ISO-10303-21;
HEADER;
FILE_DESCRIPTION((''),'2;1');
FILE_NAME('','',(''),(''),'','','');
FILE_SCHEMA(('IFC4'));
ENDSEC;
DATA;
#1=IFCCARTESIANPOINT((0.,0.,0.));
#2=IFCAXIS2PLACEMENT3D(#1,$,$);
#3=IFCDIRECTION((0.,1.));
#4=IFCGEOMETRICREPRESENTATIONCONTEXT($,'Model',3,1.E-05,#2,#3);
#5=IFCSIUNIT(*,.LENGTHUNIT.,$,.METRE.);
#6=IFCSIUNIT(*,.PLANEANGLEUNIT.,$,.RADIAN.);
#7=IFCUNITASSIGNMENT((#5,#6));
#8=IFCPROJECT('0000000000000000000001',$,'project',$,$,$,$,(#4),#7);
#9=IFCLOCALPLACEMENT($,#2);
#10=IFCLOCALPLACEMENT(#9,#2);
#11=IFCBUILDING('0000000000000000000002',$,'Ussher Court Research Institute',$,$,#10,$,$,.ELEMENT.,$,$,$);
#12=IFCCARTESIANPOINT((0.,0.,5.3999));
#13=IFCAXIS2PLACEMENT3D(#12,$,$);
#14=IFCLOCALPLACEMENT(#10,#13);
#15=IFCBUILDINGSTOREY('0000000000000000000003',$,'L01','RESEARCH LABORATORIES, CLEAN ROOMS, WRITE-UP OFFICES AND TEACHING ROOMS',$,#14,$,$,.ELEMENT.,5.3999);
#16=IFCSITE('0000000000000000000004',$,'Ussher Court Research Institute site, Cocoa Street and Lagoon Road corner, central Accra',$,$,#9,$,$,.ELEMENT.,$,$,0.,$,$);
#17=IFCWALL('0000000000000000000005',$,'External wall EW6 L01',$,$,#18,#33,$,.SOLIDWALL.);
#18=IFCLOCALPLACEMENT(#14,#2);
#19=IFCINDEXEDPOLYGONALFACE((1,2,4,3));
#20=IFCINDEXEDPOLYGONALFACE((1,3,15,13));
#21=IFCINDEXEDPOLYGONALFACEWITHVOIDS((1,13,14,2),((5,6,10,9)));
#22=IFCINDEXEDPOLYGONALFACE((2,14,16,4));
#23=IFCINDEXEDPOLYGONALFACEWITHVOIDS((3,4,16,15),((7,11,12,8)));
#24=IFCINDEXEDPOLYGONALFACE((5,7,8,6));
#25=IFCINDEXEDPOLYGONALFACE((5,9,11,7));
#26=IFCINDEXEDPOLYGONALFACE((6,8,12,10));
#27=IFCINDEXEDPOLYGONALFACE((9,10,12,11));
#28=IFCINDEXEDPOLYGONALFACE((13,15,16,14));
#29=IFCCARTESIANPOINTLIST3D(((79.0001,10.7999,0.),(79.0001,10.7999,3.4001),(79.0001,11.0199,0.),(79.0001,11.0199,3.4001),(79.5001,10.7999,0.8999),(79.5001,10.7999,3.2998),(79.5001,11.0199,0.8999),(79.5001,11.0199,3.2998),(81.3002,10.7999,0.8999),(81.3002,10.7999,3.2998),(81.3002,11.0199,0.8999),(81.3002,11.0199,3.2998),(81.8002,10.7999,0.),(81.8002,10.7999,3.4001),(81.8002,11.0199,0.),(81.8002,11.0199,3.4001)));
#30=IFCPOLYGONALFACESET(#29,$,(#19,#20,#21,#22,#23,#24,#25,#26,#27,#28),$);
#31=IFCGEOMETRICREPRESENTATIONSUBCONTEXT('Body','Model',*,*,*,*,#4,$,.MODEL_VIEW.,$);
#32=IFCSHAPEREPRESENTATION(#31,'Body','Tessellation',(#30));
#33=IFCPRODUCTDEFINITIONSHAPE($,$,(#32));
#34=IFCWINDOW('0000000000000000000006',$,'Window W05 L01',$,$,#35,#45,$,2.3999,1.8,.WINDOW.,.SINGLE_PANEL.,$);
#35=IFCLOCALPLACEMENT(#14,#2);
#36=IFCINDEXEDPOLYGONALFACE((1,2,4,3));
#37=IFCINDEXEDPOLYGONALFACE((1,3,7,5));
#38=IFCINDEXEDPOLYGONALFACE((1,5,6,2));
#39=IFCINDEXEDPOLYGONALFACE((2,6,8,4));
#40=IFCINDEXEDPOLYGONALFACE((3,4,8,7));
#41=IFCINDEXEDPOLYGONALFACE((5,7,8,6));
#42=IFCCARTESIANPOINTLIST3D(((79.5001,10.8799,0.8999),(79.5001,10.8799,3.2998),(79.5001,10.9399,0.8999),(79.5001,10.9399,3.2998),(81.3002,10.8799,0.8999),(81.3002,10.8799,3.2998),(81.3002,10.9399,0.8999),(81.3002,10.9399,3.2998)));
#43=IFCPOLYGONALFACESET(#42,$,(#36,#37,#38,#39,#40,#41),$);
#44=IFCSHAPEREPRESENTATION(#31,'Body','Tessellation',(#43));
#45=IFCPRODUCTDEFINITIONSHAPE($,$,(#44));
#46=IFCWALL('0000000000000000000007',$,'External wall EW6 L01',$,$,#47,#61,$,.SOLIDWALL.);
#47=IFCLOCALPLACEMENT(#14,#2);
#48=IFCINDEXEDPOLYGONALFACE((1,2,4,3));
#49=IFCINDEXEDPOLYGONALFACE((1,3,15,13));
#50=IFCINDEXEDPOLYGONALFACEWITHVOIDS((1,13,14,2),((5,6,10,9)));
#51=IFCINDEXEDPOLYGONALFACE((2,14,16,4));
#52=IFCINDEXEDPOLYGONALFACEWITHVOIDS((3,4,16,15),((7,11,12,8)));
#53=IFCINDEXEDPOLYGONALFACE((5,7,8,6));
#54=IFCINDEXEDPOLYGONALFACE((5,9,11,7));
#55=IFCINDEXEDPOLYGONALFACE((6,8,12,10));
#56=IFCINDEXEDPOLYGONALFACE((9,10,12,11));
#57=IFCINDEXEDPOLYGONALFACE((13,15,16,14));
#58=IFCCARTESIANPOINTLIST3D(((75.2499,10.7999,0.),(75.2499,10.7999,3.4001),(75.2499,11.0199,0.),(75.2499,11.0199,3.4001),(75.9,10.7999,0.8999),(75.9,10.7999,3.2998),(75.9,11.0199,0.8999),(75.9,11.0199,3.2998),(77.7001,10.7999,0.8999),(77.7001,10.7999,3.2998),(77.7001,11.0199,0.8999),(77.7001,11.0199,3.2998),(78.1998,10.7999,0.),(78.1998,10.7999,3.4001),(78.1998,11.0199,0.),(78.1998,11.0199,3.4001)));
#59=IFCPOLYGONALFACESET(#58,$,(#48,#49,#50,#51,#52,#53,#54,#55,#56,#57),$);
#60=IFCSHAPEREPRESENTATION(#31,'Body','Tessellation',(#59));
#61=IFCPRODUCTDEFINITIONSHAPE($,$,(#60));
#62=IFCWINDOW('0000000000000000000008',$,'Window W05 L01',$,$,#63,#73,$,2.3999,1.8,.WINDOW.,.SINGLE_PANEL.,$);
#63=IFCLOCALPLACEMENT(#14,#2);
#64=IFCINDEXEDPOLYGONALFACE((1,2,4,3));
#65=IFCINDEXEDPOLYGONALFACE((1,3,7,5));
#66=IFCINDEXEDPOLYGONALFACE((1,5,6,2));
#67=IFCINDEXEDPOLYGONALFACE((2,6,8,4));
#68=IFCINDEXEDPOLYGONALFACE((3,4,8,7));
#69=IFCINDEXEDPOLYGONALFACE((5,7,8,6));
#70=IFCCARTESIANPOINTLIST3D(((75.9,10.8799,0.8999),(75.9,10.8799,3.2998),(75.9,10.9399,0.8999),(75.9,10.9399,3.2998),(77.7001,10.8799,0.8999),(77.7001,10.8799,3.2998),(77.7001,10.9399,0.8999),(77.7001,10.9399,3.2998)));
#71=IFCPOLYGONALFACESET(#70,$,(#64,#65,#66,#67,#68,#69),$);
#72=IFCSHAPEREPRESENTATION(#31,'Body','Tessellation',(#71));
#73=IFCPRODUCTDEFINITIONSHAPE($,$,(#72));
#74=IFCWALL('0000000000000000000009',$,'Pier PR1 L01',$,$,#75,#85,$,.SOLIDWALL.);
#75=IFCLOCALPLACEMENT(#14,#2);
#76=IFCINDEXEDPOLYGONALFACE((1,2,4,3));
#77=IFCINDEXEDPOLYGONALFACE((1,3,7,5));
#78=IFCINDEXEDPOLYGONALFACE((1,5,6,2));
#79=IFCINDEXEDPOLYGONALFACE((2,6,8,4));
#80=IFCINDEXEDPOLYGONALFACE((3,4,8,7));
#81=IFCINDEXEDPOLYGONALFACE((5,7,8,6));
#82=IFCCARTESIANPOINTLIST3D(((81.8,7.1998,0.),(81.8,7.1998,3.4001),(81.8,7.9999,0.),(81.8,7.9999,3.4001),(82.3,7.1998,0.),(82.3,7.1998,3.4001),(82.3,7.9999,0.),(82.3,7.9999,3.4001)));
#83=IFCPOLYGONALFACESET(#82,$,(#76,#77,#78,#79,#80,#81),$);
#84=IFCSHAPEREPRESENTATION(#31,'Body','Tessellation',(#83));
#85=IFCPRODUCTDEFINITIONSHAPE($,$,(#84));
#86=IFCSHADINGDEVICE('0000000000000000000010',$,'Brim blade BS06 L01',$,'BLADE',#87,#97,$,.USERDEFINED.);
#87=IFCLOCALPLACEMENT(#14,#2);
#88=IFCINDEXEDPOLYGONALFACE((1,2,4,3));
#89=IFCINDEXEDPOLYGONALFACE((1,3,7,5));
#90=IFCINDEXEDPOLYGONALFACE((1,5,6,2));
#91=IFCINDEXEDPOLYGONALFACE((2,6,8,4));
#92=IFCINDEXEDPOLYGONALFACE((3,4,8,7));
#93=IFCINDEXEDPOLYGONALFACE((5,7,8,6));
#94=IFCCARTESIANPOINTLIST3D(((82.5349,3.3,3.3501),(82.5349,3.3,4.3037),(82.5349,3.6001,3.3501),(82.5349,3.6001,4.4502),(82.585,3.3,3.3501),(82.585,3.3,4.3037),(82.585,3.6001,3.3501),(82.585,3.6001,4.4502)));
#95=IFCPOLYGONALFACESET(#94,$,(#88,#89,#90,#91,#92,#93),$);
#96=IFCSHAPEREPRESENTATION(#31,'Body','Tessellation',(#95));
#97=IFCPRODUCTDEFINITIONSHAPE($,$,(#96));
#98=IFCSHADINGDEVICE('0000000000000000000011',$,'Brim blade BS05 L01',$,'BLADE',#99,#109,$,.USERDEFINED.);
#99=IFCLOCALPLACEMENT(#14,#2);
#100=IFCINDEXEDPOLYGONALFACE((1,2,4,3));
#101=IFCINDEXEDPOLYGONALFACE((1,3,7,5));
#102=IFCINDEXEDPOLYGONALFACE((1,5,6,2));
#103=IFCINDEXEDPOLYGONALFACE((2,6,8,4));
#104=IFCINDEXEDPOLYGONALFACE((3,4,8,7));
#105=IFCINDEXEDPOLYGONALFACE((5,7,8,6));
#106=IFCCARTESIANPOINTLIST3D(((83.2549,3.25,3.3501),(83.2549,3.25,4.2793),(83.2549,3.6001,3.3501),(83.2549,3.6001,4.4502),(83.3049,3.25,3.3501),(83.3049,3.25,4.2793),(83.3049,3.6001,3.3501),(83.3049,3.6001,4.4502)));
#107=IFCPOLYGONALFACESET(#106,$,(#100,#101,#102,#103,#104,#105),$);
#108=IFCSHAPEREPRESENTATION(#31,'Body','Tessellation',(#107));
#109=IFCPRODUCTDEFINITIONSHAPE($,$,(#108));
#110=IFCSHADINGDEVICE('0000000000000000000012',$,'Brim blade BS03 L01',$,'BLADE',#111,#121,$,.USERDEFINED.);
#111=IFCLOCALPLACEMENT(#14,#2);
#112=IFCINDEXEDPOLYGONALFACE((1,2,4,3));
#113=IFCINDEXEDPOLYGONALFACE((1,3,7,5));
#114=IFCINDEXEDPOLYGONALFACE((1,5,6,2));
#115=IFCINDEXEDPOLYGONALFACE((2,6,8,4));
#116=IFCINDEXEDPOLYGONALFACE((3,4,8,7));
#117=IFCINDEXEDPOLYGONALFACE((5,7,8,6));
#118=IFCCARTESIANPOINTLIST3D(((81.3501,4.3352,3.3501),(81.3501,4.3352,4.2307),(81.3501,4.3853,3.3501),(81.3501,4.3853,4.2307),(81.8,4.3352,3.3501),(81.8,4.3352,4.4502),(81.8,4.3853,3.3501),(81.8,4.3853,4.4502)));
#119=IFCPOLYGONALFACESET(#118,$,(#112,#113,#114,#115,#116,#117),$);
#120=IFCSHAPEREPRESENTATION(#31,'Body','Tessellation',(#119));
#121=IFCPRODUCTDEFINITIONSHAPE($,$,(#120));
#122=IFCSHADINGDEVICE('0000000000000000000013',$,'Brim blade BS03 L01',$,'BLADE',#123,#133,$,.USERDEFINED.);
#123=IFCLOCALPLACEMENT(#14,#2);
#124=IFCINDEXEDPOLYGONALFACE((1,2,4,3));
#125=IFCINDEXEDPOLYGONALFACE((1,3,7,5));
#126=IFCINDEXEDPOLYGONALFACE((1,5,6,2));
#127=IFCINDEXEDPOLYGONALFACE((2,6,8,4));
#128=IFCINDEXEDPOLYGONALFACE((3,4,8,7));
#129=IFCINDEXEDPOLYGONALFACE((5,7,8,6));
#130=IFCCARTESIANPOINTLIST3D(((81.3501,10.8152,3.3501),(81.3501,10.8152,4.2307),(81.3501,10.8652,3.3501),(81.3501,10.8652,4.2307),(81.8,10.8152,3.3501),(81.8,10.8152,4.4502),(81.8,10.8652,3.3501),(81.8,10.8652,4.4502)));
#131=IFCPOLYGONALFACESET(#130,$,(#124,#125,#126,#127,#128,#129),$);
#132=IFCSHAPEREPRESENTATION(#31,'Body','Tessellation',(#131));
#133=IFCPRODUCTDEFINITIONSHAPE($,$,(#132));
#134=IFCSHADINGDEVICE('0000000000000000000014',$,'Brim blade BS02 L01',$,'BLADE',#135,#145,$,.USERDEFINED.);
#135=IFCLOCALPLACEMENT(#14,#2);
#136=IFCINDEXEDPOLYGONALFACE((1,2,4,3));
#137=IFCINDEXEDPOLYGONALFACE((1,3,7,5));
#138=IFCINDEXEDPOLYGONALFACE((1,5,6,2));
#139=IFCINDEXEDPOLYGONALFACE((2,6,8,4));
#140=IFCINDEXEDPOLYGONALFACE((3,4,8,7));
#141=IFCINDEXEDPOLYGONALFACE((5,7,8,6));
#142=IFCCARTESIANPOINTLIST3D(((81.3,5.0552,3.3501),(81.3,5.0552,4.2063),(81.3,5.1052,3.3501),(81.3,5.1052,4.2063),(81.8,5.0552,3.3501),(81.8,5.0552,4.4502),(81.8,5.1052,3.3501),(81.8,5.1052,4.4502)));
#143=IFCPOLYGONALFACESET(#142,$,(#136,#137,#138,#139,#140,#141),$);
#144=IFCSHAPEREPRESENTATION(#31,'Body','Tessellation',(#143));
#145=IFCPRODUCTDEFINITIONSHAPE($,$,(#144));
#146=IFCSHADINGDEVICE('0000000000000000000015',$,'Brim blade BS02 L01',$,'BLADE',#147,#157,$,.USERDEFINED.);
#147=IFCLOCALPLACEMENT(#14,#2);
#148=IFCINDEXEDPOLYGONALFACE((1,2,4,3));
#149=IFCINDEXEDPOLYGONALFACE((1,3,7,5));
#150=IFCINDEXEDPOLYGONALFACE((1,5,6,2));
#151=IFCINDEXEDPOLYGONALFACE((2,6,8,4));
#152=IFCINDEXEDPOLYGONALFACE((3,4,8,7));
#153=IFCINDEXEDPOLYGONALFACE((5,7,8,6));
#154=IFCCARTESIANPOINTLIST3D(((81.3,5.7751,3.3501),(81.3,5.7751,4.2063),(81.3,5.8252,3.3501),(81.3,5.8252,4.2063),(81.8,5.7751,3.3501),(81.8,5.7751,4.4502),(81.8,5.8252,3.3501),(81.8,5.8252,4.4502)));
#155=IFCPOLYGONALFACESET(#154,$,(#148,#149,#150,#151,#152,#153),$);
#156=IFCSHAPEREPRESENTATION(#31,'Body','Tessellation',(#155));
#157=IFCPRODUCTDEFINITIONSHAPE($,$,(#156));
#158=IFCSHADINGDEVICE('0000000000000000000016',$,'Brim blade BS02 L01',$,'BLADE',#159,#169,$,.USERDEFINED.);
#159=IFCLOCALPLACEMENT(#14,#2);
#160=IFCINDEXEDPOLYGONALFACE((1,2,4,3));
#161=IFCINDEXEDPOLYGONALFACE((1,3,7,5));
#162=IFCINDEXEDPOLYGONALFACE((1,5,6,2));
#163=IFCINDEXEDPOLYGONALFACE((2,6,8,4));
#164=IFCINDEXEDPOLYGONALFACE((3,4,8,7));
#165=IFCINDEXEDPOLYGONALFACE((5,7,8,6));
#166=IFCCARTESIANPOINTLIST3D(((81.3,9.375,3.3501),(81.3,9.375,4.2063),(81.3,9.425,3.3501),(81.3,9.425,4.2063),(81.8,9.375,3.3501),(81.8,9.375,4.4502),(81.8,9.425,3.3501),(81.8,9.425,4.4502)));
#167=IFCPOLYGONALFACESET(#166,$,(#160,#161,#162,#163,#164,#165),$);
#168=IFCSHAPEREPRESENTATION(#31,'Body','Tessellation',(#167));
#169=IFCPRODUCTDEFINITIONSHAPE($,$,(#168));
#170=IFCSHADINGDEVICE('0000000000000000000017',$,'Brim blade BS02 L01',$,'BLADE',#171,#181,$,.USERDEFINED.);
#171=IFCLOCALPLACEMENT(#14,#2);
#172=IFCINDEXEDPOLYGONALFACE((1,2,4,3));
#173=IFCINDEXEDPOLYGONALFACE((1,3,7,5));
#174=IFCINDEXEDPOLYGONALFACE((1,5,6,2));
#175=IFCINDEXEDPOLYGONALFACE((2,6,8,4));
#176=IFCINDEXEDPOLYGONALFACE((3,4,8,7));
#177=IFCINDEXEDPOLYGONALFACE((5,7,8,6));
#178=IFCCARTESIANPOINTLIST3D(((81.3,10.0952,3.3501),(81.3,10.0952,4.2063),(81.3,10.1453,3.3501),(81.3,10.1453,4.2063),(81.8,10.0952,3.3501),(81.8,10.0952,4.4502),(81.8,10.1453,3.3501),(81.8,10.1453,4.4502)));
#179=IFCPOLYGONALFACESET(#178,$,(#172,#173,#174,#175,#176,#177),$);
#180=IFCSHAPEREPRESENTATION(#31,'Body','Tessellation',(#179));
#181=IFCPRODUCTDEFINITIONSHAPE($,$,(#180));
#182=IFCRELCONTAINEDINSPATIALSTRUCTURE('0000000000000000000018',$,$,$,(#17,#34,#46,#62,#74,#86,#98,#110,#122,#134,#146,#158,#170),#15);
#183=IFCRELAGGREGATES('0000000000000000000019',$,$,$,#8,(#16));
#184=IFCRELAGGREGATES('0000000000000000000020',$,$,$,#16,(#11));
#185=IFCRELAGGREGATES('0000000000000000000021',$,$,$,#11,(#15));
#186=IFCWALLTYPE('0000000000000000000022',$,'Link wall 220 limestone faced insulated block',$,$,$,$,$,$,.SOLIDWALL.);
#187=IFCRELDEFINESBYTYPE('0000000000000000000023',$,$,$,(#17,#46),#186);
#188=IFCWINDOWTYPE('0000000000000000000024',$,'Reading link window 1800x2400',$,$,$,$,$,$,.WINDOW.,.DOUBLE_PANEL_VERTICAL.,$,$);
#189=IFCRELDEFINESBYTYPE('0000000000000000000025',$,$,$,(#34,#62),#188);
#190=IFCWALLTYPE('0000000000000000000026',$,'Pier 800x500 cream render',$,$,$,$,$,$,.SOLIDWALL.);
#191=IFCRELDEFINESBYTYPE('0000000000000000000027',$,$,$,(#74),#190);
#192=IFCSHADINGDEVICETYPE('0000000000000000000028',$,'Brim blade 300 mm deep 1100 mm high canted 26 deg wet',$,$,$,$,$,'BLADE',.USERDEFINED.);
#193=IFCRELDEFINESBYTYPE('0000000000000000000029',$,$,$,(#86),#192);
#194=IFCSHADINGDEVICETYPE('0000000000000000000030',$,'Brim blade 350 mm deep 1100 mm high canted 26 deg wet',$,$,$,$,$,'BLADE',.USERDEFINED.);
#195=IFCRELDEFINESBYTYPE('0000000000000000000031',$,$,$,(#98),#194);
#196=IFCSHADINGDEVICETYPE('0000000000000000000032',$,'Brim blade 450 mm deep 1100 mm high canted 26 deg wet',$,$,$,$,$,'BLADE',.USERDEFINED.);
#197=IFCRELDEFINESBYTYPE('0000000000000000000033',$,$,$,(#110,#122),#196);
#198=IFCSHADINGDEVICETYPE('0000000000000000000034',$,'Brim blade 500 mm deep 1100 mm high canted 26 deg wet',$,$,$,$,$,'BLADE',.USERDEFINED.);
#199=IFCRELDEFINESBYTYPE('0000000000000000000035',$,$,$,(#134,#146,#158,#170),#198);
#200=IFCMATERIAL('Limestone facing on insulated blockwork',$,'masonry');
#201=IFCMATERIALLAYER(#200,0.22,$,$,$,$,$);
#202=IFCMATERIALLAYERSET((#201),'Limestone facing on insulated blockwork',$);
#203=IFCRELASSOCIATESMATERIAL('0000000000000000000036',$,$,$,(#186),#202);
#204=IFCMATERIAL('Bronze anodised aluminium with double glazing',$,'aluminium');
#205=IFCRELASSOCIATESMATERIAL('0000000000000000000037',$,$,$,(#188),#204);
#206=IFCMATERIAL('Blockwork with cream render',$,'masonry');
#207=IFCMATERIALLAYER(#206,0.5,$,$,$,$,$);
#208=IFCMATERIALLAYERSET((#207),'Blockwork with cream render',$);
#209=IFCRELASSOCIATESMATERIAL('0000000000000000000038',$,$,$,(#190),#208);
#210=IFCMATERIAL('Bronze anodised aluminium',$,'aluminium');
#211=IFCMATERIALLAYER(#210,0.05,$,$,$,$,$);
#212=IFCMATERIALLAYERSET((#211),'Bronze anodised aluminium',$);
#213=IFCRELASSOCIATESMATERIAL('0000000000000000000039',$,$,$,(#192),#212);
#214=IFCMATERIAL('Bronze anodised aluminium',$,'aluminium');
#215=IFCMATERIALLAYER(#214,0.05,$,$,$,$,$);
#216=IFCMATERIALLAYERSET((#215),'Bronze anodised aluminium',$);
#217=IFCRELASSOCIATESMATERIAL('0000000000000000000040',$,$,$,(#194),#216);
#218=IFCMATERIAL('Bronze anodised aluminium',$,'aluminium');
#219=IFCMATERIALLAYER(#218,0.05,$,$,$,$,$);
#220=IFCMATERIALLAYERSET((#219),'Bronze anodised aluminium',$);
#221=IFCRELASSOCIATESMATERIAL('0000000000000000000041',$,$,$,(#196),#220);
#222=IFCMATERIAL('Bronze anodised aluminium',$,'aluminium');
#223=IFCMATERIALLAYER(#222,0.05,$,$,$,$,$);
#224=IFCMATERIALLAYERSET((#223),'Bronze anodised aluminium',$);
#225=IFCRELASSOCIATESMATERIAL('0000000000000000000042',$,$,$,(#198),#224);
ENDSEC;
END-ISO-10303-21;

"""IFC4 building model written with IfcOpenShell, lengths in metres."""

from ifc_helpers import new_model, si_unit, direction, frame, frame_2d, origin, place, context, subcontext, project, spatial, polyline, rectangle, outline, extrude, material, layer, layer_set, type_object, element, fill, save


model = new_model("IFC4")

# Units and contexts
model_context = context("Model", 3, precision=1e-05, world=origin(), true_north=direction((0.0, 1.0)))
body_context = subcontext(model_context, "Body", "Model", "MODEL_VIEW")
ifc_project = project(units=[si_unit("LENGTHUNIT", "METRE"), si_unit("PLANEANGLEUNIT", "RADIAN")], contexts=[model_context])

# Site, building, storey
site_placement = place(None, origin())
site = spatial("IfcSite", under=ifc_project, at=site_placement, Name="Ussher Court Research Institute site, Cocoa Street and Lagoon Road corner, central Accra", CompositionType="ELEMENT", RefElevation=0.0)
building_placement = place(site_placement, origin())
building = spatial("IfcBuilding", under=site, at=building_placement, Name="Ussher Court Research Institute", CompositionType="ELEMENT")
storey_placement = place(building_placement, frame((0.0, 0.0, 5.3999)))
storey = spatial("IfcBuildingStorey", under=building, at=storey_placement, Name="L01", Description="RESEARCH LABORATORIES, CLEAN ROOMS, WRITE-UP OFFICES AND TEACHING ROOMS", CompositionType="ELEMENT", Elevation=5.3999)

# Walls, openings, windows
ifc_material_1 = material(Name="Limestone facing on insulated blockwork", Category="masonry")
ifc_layer_1 = layer(ifc_material_1, 0.22)
ifc_layer_set_1 = layer_set([ifc_layer_1], Name="Limestone facing on insulated blockwork")
wall_type_1 = type_object("IfcWallType", Name="Link wall 220 limestone faced insulated block", PredefinedType="SOLIDWALL", material=ifc_layer_set_1)
wall_1_placement = place(storey_placement, frame((81.8, 10.9099, 0.0), z_axis=(0.0, 0.0, 1.0), x_axis=(-1.0, 0.0, 0.0)))
wall_1 = element("IfcWall", 1, at=wall_1_placement, inside=storey, type_object=wall_type_1, Name="External wall EW6 L01", PredefinedType="SOLIDWALL", context=body_context, shape_type="SweptSolid", body=[
    extrude(rectangle(XDim=2.8, YDim=0.22, at=frame_2d((1.3999, 0.0))), origin(), (0.0, 0.0, 1.0), 3.4001),
])
opening_1_placement = place(wall_1_placement, frame((0.5, 0.0, 0.8999)))
opening_1 = element("IfcOpeningElement", 2, at=opening_1_placement, cuts=wall_1, PredefinedType="OPENING", context=body_context, shape_type="SweptSolid", body=[
    extrude(rectangle(XDim=1.8, YDim=2.3999, at=frame_2d((0.8999, 1.2))), frame((0.0, 0.1201, 0.0), z_axis=(0.0, -1.0, 0.0), x_axis=(1.0, 0.0, 0.0)), (0.0, 0.0, 1.0), 0.24),
])
ifc_material_2 = material(Name="Bronze anodised aluminium with double glazing", Category="aluminium")
window_type_1 = type_object("IfcWindowType", Name="Reading link window 1800x2400", PartitioningType="DOUBLE_PANEL_VERTICAL", PredefinedType="WINDOW", material=ifc_material_2)
window_1_placement = place(opening_1_placement, origin())
window_1 = element("IfcWindow", 3, at=window_1_placement, inside=storey, type_object=window_type_1, Name="Window W05 L01", OverallHeight=2.3999, OverallWidth=1.8, PartitioningType="SINGLE_PANEL", PredefinedType="WINDOW", context=body_context, shape_type="SweptSolid", body=[
    extrude(rectangle(XDim=1.8, YDim=2.3999, at=frame_2d((0.8999, 1.2))), frame((0.0, 0.03, 0.0), z_axis=(0.0, -1.0, 0.0), x_axis=(1.0, 0.0, 0.0)), (0.0, 0.0, 1.0), 0.0601),
])
fill(opening_1, window_1)
wall_2_placement = place(storey_placement, frame((78.2, 10.9099, 0.0), z_axis=(0.0, 0.0, 1.0), x_axis=(-1.0, 0.0, 0.0)))
wall_2 = element("IfcWall", 4, at=wall_2_placement, inside=storey, type_object=wall_type_1, Name="External wall EW6 L01", PredefinedType="SOLIDWALL", context=body_context, shape_type="SweptSolid", body=[
    extrude(rectangle(XDim=2.95, YDim=0.22, at=frame_2d((1.4751, 0.0))), origin(), (0.0, 0.0, 1.0), 3.4001),
])
opening_2_placement = place(wall_2_placement, frame((0.5, 0.0, 0.8999)))
opening_2 = element("IfcOpeningElement", 5, at=opening_2_placement, cuts=wall_2, PredefinedType="OPENING", context=body_context, shape_type="SweptSolid", body=[
    extrude(rectangle(XDim=1.8, YDim=2.3999, at=frame_2d((0.8999, 1.2))), frame((0.0, 0.1201, 0.0), z_axis=(0.0, -1.0, 0.0), x_axis=(1.0, 0.0, 0.0)), (0.0, 0.0, 1.0), 0.24),
])
window_2_placement = place(opening_2_placement, origin())
window_2 = element("IfcWindow", 6, at=window_2_placement, inside=storey, type_object=window_type_1, Name="Window W05 L01", OverallHeight=2.3999, OverallWidth=1.8, PartitioningType="SINGLE_PANEL", PredefinedType="WINDOW", context=body_context, shape_type="SweptSolid", body=[
    extrude(rectangle(XDim=1.8, YDim=2.3999, at=frame_2d((0.8999, 1.2))), frame((0.0, 0.03, 0.0), z_axis=(0.0, -1.0, 0.0), x_axis=(1.0, 0.0, 0.0)), (0.0, 0.0, 1.0), 0.0601),
])
fill(opening_2, window_2)

# Wall
ifc_material_3 = material(Name="Blockwork with cream render", Category="masonry")
ifc_layer_2 = layer(ifc_material_3, 0.5)
ifc_layer_set_2 = layer_set([ifc_layer_2], Name="Blockwork with cream render")
wall_type_2 = type_object("IfcWallType", Name="Pier 800x500 cream render", PredefinedType="SOLIDWALL", material=ifc_layer_set_2)
wall_3_placement = place(storey_placement, frame((82.05, 7.2, 0.0), z_axis=(0.0, 0.0, 1.0), x_axis=(0.0, 1.0, 0.0)))
element("IfcWall", 7, at=wall_3_placement, inside=storey, type_object=wall_type_2, Name="Pier PR1 L01", PredefinedType="SOLIDWALL", context=body_context, shape_type="SweptSolid", body=[
    extrude(rectangle(XDim=0.8, YDim=0.5, at=frame_2d((0.3999, 0.0))), origin(), (0.0, 0.0, 1.0), 3.4001),
])

# Shading devices
ifc_material_4 = material(Name="Bronze anodised aluminium", Category="aluminium")
ifc_layer_3 = layer(ifc_material_4, 0.05)
ifc_layer_set_3 = layer_set([ifc_layer_3], Name="Bronze anodised aluminium")
shading_device_type_1 = type_object("IfcShadingDeviceType", Name="Brim blade 300 mm deep 1100 mm high canted 26 deg wet", ElementType="BLADE", PredefinedType="USERDEFINED", material=ifc_layer_set_3)
shading_device_1_placement = place(storey_placement, frame((82.5601, 3.6001, 3.3501), z_axis=(0.0, 0.0, 1.0), x_axis=(0.0, -1.0, 0.0)))
element("IfcShadingDevice", 8, at=shading_device_1_placement, inside=storey, type_object=shading_device_type_1, Name="Brim blade BS06 L01", ObjectType="BLADE", PredefinedType="USERDEFINED", context=body_context, shape_type="SweptSolid", body=[
    extrude(outline(polyline([(0.0, 0.0), (0.3, 0.0), (0.3, 0.9536), (0.0, 1.1001), (0.0, 0.0)])), frame((0.0, 0.0249, 0.0), z_axis=(0.0, -1.0, 0.0), x_axis=(1.0, 0.0, 0.0)), (0.0, 0.0, 1.0), 0.05),
])
ifc_material_5 = material(Name="Bronze anodised aluminium", Category="aluminium")
ifc_layer_4 = layer(ifc_material_5, 0.05)
ifc_layer_set_4 = layer_set([ifc_layer_4], Name="Bronze anodised aluminium")
shading_device_type_2 = type_object("IfcShadingDeviceType", Name="Brim blade 350 mm deep 1100 mm high canted 26 deg wet", ElementType="BLADE", PredefinedType="USERDEFINED", material=ifc_layer_set_4)
shading_device_2_placement = place(storey_placement, frame((83.28, 3.6001, 3.3501), z_axis=(0.0, 0.0, 1.0), x_axis=(0.0, -1.0, 0.0)))
element("IfcShadingDevice", 9, at=shading_device_2_placement, inside=storey, type_object=shading_device_type_2, Name="Brim blade BS05 L01", ObjectType="BLADE", PredefinedType="USERDEFINED", context=body_context, shape_type="SweptSolid", body=[
    extrude(outline(polyline([(0.0, 0.0), (0.3501, 0.0), (0.3501, 0.9292), (0.0, 1.1001), (0.0, 0.0)])), frame((0.0, 0.0249, 0.0), z_axis=(0.0, -1.0, 0.0), x_axis=(1.0, 0.0, 0.0)), (0.0, 0.0, 1.0), 0.05),
])
ifc_material_6 = material(Name="Bronze anodised aluminium", Category="aluminium")
ifc_layer_5 = layer(ifc_material_6, 0.05)
ifc_layer_set_5 = layer_set([ifc_layer_5], Name="Bronze anodised aluminium")
shading_device_type_3 = type_object("IfcShadingDeviceType", Name="Brim blade 450 mm deep 1100 mm high canted 26 deg wet", ElementType="BLADE", PredefinedType="USERDEFINED", material=ifc_layer_set_5)
for number, where, z_axis, x_axis, name in (
    (10, (81.8, 4.3601, 3.3501), (0.0, 0.0, 1.0), (-1.0, 0.0, 0.0), "Brim blade BS03 L01"),
    (11, (81.8, 10.8401, 3.3501), (0.0, 0.0, 1.0), (-1.0, 0.0, 0.0), "Brim blade BS03 L01"),
):
    element("IfcShadingDevice", number, at=place(storey_placement, frame(where, z_axis=z_axis, x_axis=x_axis)), inside=storey, type_object=shading_device_type_3, Name=name, ObjectType="BLADE", PredefinedType="USERDEFINED", context=body_context, shape_type="SweptSolid", body=[
        extrude(outline(polyline([(0.0, 0.0), (0.45, 0.0), (0.45, 0.8806), (0.0, 1.1001), (0.0, 0.0)])), frame((0.0, 0.0249, 0.0), z_axis=(0.0, -1.0, 0.0), x_axis=(1.0, 0.0, 0.0)), (0.0, 0.0, 1.0), 0.05),
    ])
ifc_material_7 = material(Name="Bronze anodised aluminium", Category="aluminium")
ifc_layer_6 = layer(ifc_material_7, 0.05)
ifc_layer_set_6 = layer_set([ifc_layer_6], Name="Bronze anodised aluminium")
shading_device_type_4 = type_object("IfcShadingDeviceType", Name="Brim blade 500 mm deep 1100 mm high canted 26 deg wet", ElementType="BLADE", PredefinedType="USERDEFINED", material=ifc_layer_set_6)
for number, where, z_axis, x_axis, name in (
    (12, (81.8, 5.0801, 3.3501), (0.0, 0.0, 1.0), (-1.0, 0.0, 0.0), "Brim blade BS02 L01"),
    (13, (81.8, 5.8, 3.3501), (0.0, 0.0, 1.0), (-1.0, 0.0, 0.0), "Brim blade BS02 L01"),
    (14, (81.8, 9.3999, 3.3501), (0.0, 0.0, 1.0), (-1.0, 0.0, 0.0), "Brim blade BS02 L01"),
    (15, (81.8, 10.1201, 3.3501), (0.0, 0.0, 1.0), (-1.0, 0.0, 0.0), "Brim blade BS02 L01"),
):
    element("IfcShadingDevice", number, at=place(storey_placement, frame(where, z_axis=z_axis, x_axis=x_axis)), inside=storey, type_object=shading_device_type_4, Name=name, ObjectType="BLADE", PredefinedType="USERDEFINED", context=body_context, shape_type="SweptSolid", body=[
        extrude(outline(polyline([(0.0, 0.0), (0.5, 0.0), (0.5, 0.8562), (0.0, 1.1001), (0.0, 0.0)])), frame((0.0, 0.0249, 0.0), z_axis=(0.0, -1.0, 0.0), x_axis=(1.0, 0.0, 0.0)), (0.0, 0.0, 1.0), 0.05),
    ])

save(model, "model.ifc")
